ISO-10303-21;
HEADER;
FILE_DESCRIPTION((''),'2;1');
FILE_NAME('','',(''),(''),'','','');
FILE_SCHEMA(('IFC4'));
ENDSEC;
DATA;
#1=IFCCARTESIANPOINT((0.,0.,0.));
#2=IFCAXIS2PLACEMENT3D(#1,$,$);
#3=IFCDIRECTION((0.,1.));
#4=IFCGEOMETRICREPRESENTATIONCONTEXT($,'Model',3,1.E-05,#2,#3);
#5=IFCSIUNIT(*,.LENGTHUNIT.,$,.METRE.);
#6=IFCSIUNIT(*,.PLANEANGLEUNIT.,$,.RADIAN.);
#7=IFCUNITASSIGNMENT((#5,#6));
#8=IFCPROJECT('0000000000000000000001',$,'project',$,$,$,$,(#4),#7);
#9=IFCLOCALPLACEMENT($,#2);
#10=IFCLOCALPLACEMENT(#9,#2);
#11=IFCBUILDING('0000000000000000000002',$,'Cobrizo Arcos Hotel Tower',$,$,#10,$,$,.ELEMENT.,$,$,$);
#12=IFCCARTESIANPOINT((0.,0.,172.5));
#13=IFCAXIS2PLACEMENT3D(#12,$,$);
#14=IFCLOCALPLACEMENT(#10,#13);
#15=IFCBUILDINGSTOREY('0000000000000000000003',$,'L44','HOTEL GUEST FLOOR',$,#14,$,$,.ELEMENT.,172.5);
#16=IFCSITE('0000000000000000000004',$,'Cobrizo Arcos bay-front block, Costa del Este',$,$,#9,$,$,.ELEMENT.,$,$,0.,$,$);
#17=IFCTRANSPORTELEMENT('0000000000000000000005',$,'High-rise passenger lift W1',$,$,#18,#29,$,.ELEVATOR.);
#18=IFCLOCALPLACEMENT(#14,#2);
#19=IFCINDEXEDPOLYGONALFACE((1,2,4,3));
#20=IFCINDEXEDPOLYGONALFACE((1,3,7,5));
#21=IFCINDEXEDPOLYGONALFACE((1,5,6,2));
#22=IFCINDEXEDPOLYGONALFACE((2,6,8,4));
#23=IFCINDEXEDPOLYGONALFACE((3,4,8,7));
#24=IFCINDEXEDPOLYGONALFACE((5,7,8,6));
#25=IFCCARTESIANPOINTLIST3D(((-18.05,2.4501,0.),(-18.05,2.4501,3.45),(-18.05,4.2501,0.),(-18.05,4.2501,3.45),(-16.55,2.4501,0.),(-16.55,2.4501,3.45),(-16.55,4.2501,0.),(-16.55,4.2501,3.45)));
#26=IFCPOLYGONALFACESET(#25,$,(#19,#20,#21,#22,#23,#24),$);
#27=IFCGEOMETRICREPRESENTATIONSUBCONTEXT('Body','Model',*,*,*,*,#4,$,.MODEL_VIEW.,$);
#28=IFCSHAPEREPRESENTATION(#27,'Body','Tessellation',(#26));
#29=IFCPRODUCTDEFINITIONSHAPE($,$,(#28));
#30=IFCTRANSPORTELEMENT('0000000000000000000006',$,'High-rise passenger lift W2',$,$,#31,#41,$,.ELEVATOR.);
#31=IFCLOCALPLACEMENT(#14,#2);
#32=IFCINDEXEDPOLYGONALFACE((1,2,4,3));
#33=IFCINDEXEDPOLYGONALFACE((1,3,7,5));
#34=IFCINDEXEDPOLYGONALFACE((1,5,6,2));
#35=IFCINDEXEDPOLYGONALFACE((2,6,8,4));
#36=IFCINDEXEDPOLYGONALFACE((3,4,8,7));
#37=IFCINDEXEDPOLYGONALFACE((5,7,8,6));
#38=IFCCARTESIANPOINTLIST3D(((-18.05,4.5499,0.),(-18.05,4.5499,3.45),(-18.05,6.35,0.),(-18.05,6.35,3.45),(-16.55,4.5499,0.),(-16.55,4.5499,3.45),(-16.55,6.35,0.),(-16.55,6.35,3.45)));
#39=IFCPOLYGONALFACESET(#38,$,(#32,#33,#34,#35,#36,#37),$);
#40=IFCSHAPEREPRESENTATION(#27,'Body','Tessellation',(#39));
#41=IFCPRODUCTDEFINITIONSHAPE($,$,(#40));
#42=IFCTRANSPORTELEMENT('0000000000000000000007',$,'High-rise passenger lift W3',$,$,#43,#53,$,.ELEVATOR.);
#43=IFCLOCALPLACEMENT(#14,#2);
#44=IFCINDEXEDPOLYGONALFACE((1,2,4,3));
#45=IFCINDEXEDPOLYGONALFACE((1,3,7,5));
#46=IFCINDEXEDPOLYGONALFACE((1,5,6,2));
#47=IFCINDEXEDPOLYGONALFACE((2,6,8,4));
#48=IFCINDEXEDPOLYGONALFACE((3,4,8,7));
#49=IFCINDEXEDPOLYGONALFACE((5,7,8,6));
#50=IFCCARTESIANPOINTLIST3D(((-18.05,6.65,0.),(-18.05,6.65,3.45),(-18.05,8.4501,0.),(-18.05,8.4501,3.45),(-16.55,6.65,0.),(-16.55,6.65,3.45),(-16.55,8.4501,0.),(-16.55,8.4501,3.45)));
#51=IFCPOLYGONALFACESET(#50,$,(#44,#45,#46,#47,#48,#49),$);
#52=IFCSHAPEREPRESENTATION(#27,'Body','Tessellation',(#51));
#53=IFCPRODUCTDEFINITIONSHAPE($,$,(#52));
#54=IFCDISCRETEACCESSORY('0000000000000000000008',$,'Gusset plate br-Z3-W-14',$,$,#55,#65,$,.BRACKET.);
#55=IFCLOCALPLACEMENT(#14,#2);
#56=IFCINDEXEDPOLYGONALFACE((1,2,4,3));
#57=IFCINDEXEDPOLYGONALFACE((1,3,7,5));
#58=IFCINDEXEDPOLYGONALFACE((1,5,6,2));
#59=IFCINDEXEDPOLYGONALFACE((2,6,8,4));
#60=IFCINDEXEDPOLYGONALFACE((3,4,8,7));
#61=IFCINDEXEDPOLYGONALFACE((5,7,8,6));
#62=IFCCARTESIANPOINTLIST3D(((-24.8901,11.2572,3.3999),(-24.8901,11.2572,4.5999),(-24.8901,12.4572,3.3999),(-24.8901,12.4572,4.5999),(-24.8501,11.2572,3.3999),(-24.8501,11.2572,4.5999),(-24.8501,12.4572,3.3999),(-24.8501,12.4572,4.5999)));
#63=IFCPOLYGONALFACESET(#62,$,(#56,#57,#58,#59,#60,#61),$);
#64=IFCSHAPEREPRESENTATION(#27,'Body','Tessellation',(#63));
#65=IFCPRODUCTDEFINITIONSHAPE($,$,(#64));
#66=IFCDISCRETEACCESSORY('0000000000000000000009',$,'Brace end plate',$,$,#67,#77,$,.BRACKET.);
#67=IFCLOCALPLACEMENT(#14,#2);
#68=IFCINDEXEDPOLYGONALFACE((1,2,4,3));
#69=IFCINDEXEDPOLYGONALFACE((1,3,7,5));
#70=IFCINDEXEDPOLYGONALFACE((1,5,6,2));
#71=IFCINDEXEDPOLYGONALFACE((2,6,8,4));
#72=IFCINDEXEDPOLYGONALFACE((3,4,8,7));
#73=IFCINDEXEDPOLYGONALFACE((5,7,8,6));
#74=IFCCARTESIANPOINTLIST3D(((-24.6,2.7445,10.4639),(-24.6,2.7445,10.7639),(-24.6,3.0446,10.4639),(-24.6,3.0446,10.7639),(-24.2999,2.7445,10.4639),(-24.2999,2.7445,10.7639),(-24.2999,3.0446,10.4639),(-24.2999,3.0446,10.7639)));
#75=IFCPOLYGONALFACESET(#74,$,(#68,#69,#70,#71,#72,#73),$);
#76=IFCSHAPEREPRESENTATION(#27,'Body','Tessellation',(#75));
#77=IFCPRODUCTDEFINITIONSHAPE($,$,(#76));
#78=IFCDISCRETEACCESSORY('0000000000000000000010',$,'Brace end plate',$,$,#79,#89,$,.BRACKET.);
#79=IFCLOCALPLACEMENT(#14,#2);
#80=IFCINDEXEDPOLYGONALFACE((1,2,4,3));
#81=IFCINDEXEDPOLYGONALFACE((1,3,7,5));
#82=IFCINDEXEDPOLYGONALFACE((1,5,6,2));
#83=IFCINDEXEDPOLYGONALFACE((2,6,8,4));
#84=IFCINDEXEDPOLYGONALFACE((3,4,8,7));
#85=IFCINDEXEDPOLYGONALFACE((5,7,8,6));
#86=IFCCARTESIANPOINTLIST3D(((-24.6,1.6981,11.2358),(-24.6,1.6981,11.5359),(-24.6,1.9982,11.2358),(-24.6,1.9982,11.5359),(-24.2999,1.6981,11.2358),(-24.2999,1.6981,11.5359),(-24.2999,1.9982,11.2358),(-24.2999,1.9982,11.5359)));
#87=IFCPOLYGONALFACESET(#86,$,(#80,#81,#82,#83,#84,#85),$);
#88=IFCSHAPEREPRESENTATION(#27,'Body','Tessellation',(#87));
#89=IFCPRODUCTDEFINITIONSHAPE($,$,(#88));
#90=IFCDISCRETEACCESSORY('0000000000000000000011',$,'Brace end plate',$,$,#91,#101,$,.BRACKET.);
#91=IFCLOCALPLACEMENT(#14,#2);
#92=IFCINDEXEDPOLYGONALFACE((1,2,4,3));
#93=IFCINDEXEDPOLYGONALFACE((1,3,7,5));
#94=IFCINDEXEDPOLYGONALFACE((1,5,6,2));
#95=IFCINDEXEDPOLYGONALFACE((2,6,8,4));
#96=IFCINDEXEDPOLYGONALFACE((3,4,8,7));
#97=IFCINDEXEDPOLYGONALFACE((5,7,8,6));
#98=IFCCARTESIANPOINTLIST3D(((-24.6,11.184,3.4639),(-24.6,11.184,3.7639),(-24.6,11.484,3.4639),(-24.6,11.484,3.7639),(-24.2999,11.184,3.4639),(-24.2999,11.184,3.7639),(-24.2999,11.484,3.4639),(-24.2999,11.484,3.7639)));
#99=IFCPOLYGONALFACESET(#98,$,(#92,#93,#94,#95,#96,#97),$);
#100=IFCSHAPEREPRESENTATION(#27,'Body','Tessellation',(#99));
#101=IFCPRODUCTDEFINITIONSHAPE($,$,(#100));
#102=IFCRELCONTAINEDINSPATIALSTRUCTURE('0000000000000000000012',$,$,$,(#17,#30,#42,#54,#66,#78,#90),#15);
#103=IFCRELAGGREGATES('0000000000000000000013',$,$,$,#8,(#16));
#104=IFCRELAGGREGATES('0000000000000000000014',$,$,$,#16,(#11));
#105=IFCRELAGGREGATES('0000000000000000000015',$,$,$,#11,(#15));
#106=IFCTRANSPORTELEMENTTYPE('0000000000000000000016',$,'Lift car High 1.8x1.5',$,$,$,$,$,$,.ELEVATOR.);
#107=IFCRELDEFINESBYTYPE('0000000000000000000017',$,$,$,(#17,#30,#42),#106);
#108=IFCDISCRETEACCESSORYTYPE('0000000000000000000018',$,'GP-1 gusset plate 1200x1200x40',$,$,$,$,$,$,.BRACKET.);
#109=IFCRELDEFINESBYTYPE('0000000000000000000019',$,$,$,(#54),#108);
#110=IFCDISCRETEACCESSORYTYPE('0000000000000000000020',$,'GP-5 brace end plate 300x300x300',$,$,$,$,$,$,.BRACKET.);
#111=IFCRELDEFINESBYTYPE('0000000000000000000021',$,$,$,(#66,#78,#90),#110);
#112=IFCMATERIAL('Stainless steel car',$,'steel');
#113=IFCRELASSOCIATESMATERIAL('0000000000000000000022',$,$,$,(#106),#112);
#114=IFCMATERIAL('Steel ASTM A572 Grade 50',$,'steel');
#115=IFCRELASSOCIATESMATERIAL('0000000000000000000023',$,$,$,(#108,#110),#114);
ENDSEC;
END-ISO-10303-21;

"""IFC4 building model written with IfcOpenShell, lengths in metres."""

from ifc_helpers import new_model, si_unit, direction, frame, origin, origin_2d, place, context, subcontext, project, spatial, rectangle, extrude, material, type_object, element, save


model = new_model("IFC4")

# Units and contexts
model_context = context("Model", 3, precision=1e-05, world=origin(), true_north=direction((0.0, 1.0)))
body_context = subcontext(model_context, "Body", "Model", "MODEL_VIEW")
ifc_project = project(units=[si_unit("LENGTHUNIT", "METRE"), si_unit("PLANEANGLEUNIT", "RADIAN")], contexts=[model_context])

# Site, building, storey
site_placement = place(None, origin())
site = spatial("IfcSite", under=ifc_project, at=site_placement, Name="Cobrizo Arcos bay-front block, Costa del Este", CompositionType="ELEMENT", RefElevation=0.0)
building_placement = place(site_placement, origin())
building = spatial("IfcBuilding", under=site, at=building_placement, Name="Cobrizo Arcos Hotel Tower", CompositionType="ELEMENT")
storey_placement = place(building_placement, frame((0.0, 0.0, 172.5)))
storey = spatial("IfcBuildingStorey", under=building, at=storey_placement, Name="L44", Description="HOTEL GUEST FLOOR", CompositionType="ELEMENT", Elevation=172.5)

# Shared definitions
ifc_material_1 = material(Name="Steel ASTM A572 Grade 50", Category="steel")

# Transport elements
ifc_material_2 = material(Name="Stainless steel car", Category="steel")
transport_element_type = type_object("IfcTransportElementType", Name="Lift car High 1.8x1.5", PredefinedType="ELEVATOR", material=ifc_material_2)
for number, where, z_axis, x_axis, name in (
    (1, (-17.3, 3.3501, 0.0), (0.0, 0.0, 1.0), (1.0, 0.0, 0.0), "High-rise passenger lift W1"),
    (2, (-17.3, 5.45, 0.0), (0.0, 0.0, 1.0), (1.0, 0.0, 0.0), "High-rise passenger lift W2"),
    (3, (-17.3, 7.55, 0.0), (0.0, 0.0, 1.0), (1.0, 0.0, 0.0), "High-rise passenger lift W3"),
):
    element("IfcTransportElement", number, at=place(storey_placement, frame(where, z_axis=z_axis, x_axis=x_axis)), inside=storey, type_object=transport_element_type, Name=name, PredefinedType="ELEVATOR", context=body_context, shape_type="SweptSolid", body=[
        extrude(rectangle(XDim=1.5, YDim=1.8, at=origin_2d()), origin(), (0.0, 0.0, 1.0), 3.45),
    ])

# Discrete accessories
discrete_accessory_type_1 = type_object("IfcDiscreteAccessoryType", Name="GP-1 gusset plate 1200x1200x40", PredefinedType="BRACKET", material=ifc_material_1)
discrete_accessory_placement = place(storey_placement, frame((-24.8701, 11.8572, 3.3999), z_axis=(0.0, 0.0, 1.0), x_axis=(1.0, 0.0, 0.0)))
element("IfcDiscreteAccessory", 4, at=discrete_accessory_placement, inside=storey, type_object=discrete_accessory_type_1, Name="Gusset plate br-Z3-W-14", PredefinedType="BRACKET", context=body_context, shape_type="SweptSolid", body=[
    extrude(rectangle(XDim=0.04, YDim=1.2, at=origin_2d()), origin(), (0.0, 0.0, 1.0), 1.2),
])
discrete_accessory_type_2 = type_object("IfcDiscreteAccessoryType", Name="GP-5 brace end plate 300x300x300", PredefinedType="BRACKET", material=ifc_material_1)
for number, where, z_axis, x_axis, name in (
    (5, (-24.45, 2.8945, 10.4639), (0.0, 0.0, 1.0), (1.0, 0.0, 0.0), "Brace end plate"),
    (6, (-24.45, 1.8481, 11.2358), (0.0, 0.0, 1.0), (1.0, 0.0, 0.0), "Brace end plate"),
    (7, (-24.45, 11.334, 3.4639), (0.0, 0.0, 1.0), (1.0, 0.0, 0.0), "Brace end plate"),
):
    element("IfcDiscreteAccessory", number, at=place(storey_placement, frame(where, z_axis=z_axis, x_axis=x_axis)), inside=storey, type_object=discrete_accessory_type_2, Name=name, PredefinedType="BRACKET", context=body_context, shape_type="SweptSolid", body=[
        extrude(rectangle(XDim=0.3, YDim=0.3, at=origin_2d()), origin(), (0.0, 0.0, 1.0), 0.3),
    ])

save(model, "model.ifc")
